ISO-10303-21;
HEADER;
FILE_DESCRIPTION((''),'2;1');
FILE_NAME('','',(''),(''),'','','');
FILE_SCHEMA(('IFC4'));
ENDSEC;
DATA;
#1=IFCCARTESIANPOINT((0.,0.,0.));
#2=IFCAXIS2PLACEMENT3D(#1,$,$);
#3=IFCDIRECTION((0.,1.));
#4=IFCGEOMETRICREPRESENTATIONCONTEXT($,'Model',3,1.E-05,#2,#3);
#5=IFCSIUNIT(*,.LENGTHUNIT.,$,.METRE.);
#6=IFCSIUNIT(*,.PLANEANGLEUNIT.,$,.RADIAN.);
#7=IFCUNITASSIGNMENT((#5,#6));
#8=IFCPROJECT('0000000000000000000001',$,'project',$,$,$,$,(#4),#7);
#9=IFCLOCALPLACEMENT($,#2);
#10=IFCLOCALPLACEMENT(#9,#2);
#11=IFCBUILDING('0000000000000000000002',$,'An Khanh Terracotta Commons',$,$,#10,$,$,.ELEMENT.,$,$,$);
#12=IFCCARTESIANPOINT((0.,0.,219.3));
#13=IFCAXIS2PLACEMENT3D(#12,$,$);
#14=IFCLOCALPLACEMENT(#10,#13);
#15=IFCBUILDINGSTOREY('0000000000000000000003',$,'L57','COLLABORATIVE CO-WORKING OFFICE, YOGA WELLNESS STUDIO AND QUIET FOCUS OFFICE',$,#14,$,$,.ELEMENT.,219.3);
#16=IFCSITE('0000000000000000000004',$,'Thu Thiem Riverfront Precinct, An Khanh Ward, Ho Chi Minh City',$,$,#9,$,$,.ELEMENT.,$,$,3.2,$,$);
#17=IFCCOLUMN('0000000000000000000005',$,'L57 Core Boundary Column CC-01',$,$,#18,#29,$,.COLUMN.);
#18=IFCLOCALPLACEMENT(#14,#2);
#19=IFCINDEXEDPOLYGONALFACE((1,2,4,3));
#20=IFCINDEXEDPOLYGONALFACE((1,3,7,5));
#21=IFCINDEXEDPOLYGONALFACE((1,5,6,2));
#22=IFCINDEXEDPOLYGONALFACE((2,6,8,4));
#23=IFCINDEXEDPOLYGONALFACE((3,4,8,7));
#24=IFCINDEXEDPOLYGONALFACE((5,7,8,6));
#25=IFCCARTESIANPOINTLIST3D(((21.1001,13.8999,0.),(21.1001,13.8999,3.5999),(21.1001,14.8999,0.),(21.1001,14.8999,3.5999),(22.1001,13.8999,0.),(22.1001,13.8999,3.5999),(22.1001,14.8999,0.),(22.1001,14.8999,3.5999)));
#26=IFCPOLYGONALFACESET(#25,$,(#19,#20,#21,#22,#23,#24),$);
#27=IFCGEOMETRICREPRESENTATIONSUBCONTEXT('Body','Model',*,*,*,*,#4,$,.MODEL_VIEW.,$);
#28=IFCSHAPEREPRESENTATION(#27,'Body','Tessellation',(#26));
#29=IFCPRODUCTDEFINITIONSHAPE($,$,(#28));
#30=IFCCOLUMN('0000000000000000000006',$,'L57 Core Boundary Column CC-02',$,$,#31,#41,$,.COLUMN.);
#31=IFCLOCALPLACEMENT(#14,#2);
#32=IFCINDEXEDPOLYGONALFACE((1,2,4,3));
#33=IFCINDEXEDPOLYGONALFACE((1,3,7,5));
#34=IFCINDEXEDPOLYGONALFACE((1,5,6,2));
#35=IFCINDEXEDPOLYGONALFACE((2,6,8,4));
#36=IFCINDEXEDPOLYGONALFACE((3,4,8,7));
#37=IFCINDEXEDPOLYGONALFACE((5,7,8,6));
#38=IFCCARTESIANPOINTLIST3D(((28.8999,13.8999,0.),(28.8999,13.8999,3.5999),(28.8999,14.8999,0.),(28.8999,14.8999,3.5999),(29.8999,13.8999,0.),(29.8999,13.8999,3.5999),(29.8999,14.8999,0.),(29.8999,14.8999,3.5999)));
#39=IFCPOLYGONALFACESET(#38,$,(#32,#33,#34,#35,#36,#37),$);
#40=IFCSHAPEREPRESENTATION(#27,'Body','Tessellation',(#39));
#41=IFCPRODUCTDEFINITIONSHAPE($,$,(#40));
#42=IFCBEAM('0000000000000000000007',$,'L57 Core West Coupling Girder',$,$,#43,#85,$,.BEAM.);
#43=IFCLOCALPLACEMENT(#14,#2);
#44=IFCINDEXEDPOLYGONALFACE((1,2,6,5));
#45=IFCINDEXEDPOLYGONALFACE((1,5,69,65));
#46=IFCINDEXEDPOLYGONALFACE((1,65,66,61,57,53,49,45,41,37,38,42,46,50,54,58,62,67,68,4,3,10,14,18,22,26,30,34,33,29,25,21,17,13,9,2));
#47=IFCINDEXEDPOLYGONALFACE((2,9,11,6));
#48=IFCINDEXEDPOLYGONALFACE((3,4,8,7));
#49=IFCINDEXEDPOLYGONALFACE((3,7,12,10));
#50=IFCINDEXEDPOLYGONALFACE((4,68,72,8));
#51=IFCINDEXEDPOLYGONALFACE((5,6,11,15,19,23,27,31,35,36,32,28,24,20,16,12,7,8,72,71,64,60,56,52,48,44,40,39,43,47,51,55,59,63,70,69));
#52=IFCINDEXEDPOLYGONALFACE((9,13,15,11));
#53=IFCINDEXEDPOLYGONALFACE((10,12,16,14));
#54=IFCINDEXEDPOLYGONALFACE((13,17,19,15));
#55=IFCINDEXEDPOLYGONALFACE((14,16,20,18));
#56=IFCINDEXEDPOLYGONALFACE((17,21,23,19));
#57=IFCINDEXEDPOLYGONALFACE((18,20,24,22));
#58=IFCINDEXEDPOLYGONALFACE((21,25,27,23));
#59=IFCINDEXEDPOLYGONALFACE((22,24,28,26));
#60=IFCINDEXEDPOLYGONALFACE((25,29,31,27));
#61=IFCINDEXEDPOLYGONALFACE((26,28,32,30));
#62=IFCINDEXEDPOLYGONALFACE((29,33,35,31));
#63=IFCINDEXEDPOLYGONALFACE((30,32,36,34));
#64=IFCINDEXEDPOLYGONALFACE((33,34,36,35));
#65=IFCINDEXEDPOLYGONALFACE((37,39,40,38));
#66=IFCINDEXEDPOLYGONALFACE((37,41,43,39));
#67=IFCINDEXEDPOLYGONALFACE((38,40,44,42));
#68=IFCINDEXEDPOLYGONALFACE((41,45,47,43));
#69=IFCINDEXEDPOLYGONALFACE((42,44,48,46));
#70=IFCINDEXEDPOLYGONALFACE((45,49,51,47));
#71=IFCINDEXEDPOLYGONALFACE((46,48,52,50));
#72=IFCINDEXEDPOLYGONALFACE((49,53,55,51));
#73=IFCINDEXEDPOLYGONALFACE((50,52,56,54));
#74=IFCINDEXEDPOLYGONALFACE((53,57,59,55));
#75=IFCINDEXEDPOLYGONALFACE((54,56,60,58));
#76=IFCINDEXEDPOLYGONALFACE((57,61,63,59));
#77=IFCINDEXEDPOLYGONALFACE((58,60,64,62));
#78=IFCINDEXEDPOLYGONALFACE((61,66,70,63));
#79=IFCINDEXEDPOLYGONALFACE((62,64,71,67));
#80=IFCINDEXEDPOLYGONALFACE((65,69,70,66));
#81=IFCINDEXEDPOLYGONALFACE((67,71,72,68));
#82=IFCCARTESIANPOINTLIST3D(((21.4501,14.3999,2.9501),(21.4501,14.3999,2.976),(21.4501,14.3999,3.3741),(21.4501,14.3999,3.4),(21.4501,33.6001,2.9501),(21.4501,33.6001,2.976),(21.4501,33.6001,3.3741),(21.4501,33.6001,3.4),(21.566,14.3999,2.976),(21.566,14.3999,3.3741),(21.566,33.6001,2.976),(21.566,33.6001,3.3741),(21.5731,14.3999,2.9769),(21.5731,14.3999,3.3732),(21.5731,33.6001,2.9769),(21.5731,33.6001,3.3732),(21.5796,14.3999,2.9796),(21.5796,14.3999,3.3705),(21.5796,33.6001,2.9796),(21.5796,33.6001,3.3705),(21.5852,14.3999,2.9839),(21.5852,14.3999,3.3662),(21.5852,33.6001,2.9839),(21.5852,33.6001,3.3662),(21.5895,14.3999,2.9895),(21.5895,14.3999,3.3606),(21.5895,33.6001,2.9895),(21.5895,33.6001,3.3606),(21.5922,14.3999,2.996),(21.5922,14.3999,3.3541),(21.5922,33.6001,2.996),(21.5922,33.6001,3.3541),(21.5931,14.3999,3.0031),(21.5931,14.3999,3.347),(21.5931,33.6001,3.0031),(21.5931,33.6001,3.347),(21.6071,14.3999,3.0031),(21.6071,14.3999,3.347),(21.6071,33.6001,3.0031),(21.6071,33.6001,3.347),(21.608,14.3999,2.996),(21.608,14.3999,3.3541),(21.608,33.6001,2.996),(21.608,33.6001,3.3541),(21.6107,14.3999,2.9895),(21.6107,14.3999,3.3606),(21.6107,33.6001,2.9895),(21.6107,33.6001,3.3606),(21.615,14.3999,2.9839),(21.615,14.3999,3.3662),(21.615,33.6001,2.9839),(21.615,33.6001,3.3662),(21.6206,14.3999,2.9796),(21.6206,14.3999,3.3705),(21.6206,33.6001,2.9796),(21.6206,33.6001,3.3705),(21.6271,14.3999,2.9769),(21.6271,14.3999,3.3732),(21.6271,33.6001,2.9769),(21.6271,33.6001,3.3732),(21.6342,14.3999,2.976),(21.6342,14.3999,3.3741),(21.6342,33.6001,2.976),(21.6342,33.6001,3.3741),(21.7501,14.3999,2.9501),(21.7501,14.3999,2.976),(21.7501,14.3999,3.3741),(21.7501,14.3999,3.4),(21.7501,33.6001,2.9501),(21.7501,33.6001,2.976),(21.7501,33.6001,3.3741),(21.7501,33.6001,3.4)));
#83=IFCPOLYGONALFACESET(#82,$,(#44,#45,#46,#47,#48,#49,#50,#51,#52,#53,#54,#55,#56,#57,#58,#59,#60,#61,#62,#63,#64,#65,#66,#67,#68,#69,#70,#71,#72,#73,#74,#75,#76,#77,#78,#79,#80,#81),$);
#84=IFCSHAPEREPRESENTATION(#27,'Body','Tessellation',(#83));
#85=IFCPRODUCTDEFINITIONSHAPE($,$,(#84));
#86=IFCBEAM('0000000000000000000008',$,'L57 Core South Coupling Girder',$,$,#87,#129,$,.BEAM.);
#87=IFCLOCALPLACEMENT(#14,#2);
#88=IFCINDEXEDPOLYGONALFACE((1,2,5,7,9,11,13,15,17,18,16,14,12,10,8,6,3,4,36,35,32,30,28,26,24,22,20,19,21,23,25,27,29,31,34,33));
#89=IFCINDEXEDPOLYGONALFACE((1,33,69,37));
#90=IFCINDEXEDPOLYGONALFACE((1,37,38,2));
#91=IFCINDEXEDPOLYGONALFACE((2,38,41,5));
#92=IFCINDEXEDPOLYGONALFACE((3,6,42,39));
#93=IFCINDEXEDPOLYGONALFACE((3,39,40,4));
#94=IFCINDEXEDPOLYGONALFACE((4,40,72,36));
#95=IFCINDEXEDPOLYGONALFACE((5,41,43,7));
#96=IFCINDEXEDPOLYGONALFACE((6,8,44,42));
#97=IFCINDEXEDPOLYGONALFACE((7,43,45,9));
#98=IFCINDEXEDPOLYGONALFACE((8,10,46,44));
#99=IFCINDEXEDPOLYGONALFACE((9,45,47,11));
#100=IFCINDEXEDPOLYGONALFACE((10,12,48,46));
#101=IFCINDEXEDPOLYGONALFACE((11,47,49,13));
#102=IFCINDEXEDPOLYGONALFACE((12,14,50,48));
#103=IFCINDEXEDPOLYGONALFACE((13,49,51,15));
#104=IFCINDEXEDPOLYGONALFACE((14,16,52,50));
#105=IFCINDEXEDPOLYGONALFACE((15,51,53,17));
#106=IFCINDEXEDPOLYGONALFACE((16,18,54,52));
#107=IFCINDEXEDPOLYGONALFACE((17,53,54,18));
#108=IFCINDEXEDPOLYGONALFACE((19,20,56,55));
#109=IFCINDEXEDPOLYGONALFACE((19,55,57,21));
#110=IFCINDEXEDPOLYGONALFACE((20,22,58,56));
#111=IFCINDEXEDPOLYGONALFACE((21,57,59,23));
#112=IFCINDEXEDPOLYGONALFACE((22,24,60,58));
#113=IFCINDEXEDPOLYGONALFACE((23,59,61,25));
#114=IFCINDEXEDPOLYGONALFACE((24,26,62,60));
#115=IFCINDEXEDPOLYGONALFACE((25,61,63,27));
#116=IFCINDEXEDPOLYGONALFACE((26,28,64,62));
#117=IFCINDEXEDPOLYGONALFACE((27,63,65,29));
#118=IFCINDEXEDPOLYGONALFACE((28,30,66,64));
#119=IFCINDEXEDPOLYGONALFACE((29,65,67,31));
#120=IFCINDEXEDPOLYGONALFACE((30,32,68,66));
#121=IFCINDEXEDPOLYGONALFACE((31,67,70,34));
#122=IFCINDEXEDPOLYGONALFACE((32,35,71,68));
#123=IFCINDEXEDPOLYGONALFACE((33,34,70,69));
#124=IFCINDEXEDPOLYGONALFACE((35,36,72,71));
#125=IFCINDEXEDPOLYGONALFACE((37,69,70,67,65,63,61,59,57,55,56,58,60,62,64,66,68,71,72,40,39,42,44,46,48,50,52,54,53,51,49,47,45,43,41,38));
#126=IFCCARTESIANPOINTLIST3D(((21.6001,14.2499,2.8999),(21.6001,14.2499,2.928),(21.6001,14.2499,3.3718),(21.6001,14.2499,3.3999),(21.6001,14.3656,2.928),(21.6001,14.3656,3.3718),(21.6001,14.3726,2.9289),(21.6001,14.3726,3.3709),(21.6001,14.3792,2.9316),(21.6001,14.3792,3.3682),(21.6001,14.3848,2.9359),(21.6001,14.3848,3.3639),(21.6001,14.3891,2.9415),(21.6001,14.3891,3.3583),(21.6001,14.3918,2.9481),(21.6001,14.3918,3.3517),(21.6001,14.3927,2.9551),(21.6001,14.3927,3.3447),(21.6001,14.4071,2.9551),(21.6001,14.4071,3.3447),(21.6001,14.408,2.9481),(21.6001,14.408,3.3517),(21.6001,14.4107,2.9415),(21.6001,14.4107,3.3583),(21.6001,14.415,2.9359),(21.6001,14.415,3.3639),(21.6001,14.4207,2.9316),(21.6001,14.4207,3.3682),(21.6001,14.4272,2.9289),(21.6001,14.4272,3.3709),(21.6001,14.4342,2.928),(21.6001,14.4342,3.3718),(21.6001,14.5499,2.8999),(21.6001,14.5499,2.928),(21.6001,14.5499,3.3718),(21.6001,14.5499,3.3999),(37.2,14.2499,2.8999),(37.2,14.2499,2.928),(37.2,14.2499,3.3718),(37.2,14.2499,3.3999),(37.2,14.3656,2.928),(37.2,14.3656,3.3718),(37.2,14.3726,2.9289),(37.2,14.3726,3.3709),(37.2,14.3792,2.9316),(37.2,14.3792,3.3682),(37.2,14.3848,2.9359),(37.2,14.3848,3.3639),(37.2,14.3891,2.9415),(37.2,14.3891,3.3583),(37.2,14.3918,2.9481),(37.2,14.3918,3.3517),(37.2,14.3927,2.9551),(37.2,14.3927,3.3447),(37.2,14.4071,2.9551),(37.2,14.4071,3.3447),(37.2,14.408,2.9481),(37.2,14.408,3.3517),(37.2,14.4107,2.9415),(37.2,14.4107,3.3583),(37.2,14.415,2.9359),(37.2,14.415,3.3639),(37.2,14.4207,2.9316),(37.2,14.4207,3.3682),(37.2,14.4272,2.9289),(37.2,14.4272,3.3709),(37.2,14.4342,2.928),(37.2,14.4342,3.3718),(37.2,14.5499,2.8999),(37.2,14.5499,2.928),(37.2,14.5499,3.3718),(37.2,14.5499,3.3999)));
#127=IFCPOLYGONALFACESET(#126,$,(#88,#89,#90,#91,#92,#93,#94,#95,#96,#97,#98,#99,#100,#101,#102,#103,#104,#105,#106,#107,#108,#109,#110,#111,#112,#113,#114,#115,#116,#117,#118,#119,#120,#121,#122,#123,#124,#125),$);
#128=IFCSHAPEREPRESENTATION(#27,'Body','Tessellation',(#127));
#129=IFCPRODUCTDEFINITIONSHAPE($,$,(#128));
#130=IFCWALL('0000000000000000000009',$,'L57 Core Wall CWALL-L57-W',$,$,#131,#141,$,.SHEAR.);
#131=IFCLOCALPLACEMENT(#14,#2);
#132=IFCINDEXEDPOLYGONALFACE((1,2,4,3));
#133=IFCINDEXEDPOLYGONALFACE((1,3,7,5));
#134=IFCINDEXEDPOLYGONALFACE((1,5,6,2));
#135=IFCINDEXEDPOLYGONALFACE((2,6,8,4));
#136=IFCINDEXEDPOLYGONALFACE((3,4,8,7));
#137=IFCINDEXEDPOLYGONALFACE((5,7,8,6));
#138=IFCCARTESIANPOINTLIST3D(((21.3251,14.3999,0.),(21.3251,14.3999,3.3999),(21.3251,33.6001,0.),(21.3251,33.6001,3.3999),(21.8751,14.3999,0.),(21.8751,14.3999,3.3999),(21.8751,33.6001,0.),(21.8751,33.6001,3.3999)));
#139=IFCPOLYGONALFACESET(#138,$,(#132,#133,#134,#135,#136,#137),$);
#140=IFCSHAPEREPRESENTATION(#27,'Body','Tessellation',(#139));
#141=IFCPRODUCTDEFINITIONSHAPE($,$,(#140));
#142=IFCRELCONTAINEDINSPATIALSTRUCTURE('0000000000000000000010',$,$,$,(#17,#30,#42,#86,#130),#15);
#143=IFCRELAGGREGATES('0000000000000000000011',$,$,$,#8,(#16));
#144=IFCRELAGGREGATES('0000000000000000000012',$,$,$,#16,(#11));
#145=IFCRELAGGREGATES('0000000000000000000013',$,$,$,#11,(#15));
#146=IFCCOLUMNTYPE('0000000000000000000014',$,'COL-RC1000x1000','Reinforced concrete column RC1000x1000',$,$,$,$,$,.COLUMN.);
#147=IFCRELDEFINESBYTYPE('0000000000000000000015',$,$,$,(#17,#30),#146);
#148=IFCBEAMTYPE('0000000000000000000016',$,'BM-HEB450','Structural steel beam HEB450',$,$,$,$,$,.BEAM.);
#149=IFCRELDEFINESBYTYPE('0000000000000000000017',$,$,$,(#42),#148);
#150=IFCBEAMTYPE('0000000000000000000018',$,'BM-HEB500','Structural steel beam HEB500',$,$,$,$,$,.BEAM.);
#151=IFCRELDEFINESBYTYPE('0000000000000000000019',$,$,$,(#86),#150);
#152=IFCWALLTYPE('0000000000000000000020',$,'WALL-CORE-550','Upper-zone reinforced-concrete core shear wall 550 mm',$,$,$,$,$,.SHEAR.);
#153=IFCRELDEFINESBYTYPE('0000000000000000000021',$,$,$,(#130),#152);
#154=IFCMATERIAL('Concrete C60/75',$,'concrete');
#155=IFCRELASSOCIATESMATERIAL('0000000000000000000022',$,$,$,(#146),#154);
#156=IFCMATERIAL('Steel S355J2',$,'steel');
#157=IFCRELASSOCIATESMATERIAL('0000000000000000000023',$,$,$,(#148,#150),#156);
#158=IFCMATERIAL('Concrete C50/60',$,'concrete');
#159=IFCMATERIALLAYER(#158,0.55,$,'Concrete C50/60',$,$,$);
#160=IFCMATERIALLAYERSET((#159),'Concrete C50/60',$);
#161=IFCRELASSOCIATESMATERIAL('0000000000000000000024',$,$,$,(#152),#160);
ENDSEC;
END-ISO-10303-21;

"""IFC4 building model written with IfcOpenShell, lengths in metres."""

from ifc_helpers import new_model, si_unit, direction, frame, frame_2d, origin, origin_2d, place, context, subcontext, project, spatial, rectangle, i_section, extrude, material, layer, layer_set, material_profile, profile_set, type_object, element, save


model = new_model("IFC4")

# Units and contexts
model_context = context("Model", 3, precision=1e-05, world=origin(), true_north=direction((0.0, 1.0)))
body_context = subcontext(model_context, "Body", "Model", "MODEL_VIEW")
ifc_project = project(units=[si_unit("LENGTHUNIT", "METRE"), si_unit("PLANEANGLEUNIT", "RADIAN")], contexts=[model_context])

# Site, building, storey
site_placement = place(None, origin())
site = spatial("IfcSite", under=ifc_project, at=site_placement, Name="Thu Thiem Riverfront Precinct, An Khanh Ward, Ho Chi Minh City", CompositionType="ELEMENT", RefElevation=3.2)
building_placement = place(site_placement, origin())
building = spatial("IfcBuilding", under=site, at=building_placement, Name="An Khanh Terracotta Commons", CompositionType="ELEMENT")
storey_placement = place(building_placement, frame((0.0, 0.0, 219.3)))
storey = spatial("IfcBuildingStorey", under=building, at=storey_placement, Name="L57", Description="COLLABORATIVE CO-WORKING OFFICE, YOGA WELLNESS STUDIO AND QUIET FOCUS OFFICE", CompositionType="ELEMENT", Elevation=219.3)

# Columns
ifc_material_1 = material(Name="Concrete C60/75", Category="concrete")
ifc_material_profile_1 = material_profile(ifc_material_1, rectangle(XDim=1.0, YDim=1.0, at=origin_2d()), Name="RC1000x1000")
ifc_profile_set_1 = profile_set([ifc_material_profile_1], Name="Concrete C60/75")
column_type = type_object("IfcColumnType", Name="COL-RC1000x1000", Description="Reinforced concrete column RC1000x1000", PredefinedType="COLUMN", material=ifc_profile_set_1)
for number, where, z_axis, x_axis, name in (
    (1, (21.6001, 14.3999, 0.0), (0.0, 0.0, 1.0), (1.0, 0.0, 0.0), "L57 Core Boundary Column CC-01"),
    (2, (29.3999, 14.3999, 0.0), (0.0, 0.0, 1.0), (1.0, 0.0, 0.0), "L57 Core Boundary Column CC-02"),
):
    element("IfcColumn", number, at=place(storey_placement, frame(where, z_axis=z_axis, x_axis=x_axis)), inside=storey, type_object=column_type, Name=name, PredefinedType="COLUMN", context=body_context, shape_type="SweptSolid", body=[
        extrude(rectangle(XDim=1.0, YDim=1.0, at=origin_2d()), origin(), (0.0, 0.0, 1.0), 3.5999),
    ])

# Beams
ifc_material_2 = material(Name="Steel S355J2", Category="steel")
ifc_material_profile_2 = material_profile(ifc_material_2, i_section(OverallWidth=0.3, OverallDepth=0.45, WebThickness=0.0139, FlangeThickness=0.0259, FilletRadius=0.0271, at=origin_2d()), Name="HEB450")
ifc_profile_set_2 = profile_set([ifc_material_profile_2], Name="Steel S355J2")
beam_type_1 = type_object("IfcBeamType", Name="BM-HEB450", Description="Structural steel beam HEB450", PredefinedType="BEAM", material=ifc_profile_set_2)
beam_1_placement = place(storey_placement, frame((21.6001, 14.3999, 3.175), z_axis=(0.0, 1.0, 0.0), x_axis=(-1.0, 0.0, 0.0)))
element("IfcBeam", 3, at=beam_1_placement, inside=storey, type_object=beam_type_1, Name="L57 Core West Coupling Girder", PredefinedType="BEAM", context=body_context, shape_type="SweptSolid", body=[
    extrude(i_section(OverallWidth=0.3, OverallDepth=0.45, WebThickness=0.0139, FlangeThickness=0.0259, FilletRadius=0.0271, at=origin_2d()), origin(), (0.0, 0.0, 1.0), 19.2002),
])
ifc_material_profile_3 = material_profile(ifc_material_2, i_section(OverallWidth=0.3, OverallDepth=0.5, WebThickness=0.0144, FlangeThickness=0.0281, FilletRadius=0.0271, at=origin_2d()), Name="HEB500")
ifc_profile_set_3 = profile_set([ifc_material_profile_3], Name="Steel S355J2")
beam_type_2 = type_object("IfcBeamType", Name="BM-HEB500", Description="Structural steel beam HEB500", PredefinedType="BEAM", material=ifc_profile_set_3)
beam_2_placement = place(storey_placement, frame((21.6001, 14.3999, 3.1499), z_axis=(1.0, 0.0, 0.0), x_axis=(0.0, 1.0, 0.0)))
element("IfcBeam", 4, at=beam_2_placement, inside=storey, type_object=beam_type_2, Name="L57 Core South Coupling Girder", PredefinedType="BEAM", context=body_context, shape_type="SweptSolid", body=[
    extrude(i_section(OverallWidth=0.3, OverallDepth=0.5, WebThickness=0.0144, FlangeThickness=0.0281, FilletRadius=0.0271, at=origin_2d()), origin(), (0.0, 0.0, 1.0), 15.5999),
])

# Wall
ifc_material_3 = material(Name="Concrete C50/60", Category="concrete")
ifc_layer_1 = layer(ifc_material_3, 0.55, Name="Concrete C50/60")
ifc_layer_set_1 = layer_set([ifc_layer_1], Name="Concrete C50/60")
wall_type_1 = type_object("IfcWallType", Name="WALL-CORE-550", Description="Upper-zone reinforced-concrete core shear wall 550 mm", PredefinedType="SHEAR", material=ifc_layer_set_1)
wall_1_placement = place(storey_placement, frame((21.6001, 14.3999, 0.0), z_axis=(0.0, 0.0, 1.0), x_axis=(0.0, 1.0, 0.0)))
element("IfcWall", 5, at=wall_1_placement, inside=storey, type_object=wall_type_1, Name="L57 Core Wall CWALL-L57-W", PredefinedType="SHEAR", context=body_context, shape_type="SweptSolid", body=[
    extrude(rectangle(XDim=19.2002, YDim=0.55, at=frame_2d((9.6001, 0.0))), origin(), (0.0, 0.0, 1.0), 3.3999),
])

save(model, "model.ifc")
